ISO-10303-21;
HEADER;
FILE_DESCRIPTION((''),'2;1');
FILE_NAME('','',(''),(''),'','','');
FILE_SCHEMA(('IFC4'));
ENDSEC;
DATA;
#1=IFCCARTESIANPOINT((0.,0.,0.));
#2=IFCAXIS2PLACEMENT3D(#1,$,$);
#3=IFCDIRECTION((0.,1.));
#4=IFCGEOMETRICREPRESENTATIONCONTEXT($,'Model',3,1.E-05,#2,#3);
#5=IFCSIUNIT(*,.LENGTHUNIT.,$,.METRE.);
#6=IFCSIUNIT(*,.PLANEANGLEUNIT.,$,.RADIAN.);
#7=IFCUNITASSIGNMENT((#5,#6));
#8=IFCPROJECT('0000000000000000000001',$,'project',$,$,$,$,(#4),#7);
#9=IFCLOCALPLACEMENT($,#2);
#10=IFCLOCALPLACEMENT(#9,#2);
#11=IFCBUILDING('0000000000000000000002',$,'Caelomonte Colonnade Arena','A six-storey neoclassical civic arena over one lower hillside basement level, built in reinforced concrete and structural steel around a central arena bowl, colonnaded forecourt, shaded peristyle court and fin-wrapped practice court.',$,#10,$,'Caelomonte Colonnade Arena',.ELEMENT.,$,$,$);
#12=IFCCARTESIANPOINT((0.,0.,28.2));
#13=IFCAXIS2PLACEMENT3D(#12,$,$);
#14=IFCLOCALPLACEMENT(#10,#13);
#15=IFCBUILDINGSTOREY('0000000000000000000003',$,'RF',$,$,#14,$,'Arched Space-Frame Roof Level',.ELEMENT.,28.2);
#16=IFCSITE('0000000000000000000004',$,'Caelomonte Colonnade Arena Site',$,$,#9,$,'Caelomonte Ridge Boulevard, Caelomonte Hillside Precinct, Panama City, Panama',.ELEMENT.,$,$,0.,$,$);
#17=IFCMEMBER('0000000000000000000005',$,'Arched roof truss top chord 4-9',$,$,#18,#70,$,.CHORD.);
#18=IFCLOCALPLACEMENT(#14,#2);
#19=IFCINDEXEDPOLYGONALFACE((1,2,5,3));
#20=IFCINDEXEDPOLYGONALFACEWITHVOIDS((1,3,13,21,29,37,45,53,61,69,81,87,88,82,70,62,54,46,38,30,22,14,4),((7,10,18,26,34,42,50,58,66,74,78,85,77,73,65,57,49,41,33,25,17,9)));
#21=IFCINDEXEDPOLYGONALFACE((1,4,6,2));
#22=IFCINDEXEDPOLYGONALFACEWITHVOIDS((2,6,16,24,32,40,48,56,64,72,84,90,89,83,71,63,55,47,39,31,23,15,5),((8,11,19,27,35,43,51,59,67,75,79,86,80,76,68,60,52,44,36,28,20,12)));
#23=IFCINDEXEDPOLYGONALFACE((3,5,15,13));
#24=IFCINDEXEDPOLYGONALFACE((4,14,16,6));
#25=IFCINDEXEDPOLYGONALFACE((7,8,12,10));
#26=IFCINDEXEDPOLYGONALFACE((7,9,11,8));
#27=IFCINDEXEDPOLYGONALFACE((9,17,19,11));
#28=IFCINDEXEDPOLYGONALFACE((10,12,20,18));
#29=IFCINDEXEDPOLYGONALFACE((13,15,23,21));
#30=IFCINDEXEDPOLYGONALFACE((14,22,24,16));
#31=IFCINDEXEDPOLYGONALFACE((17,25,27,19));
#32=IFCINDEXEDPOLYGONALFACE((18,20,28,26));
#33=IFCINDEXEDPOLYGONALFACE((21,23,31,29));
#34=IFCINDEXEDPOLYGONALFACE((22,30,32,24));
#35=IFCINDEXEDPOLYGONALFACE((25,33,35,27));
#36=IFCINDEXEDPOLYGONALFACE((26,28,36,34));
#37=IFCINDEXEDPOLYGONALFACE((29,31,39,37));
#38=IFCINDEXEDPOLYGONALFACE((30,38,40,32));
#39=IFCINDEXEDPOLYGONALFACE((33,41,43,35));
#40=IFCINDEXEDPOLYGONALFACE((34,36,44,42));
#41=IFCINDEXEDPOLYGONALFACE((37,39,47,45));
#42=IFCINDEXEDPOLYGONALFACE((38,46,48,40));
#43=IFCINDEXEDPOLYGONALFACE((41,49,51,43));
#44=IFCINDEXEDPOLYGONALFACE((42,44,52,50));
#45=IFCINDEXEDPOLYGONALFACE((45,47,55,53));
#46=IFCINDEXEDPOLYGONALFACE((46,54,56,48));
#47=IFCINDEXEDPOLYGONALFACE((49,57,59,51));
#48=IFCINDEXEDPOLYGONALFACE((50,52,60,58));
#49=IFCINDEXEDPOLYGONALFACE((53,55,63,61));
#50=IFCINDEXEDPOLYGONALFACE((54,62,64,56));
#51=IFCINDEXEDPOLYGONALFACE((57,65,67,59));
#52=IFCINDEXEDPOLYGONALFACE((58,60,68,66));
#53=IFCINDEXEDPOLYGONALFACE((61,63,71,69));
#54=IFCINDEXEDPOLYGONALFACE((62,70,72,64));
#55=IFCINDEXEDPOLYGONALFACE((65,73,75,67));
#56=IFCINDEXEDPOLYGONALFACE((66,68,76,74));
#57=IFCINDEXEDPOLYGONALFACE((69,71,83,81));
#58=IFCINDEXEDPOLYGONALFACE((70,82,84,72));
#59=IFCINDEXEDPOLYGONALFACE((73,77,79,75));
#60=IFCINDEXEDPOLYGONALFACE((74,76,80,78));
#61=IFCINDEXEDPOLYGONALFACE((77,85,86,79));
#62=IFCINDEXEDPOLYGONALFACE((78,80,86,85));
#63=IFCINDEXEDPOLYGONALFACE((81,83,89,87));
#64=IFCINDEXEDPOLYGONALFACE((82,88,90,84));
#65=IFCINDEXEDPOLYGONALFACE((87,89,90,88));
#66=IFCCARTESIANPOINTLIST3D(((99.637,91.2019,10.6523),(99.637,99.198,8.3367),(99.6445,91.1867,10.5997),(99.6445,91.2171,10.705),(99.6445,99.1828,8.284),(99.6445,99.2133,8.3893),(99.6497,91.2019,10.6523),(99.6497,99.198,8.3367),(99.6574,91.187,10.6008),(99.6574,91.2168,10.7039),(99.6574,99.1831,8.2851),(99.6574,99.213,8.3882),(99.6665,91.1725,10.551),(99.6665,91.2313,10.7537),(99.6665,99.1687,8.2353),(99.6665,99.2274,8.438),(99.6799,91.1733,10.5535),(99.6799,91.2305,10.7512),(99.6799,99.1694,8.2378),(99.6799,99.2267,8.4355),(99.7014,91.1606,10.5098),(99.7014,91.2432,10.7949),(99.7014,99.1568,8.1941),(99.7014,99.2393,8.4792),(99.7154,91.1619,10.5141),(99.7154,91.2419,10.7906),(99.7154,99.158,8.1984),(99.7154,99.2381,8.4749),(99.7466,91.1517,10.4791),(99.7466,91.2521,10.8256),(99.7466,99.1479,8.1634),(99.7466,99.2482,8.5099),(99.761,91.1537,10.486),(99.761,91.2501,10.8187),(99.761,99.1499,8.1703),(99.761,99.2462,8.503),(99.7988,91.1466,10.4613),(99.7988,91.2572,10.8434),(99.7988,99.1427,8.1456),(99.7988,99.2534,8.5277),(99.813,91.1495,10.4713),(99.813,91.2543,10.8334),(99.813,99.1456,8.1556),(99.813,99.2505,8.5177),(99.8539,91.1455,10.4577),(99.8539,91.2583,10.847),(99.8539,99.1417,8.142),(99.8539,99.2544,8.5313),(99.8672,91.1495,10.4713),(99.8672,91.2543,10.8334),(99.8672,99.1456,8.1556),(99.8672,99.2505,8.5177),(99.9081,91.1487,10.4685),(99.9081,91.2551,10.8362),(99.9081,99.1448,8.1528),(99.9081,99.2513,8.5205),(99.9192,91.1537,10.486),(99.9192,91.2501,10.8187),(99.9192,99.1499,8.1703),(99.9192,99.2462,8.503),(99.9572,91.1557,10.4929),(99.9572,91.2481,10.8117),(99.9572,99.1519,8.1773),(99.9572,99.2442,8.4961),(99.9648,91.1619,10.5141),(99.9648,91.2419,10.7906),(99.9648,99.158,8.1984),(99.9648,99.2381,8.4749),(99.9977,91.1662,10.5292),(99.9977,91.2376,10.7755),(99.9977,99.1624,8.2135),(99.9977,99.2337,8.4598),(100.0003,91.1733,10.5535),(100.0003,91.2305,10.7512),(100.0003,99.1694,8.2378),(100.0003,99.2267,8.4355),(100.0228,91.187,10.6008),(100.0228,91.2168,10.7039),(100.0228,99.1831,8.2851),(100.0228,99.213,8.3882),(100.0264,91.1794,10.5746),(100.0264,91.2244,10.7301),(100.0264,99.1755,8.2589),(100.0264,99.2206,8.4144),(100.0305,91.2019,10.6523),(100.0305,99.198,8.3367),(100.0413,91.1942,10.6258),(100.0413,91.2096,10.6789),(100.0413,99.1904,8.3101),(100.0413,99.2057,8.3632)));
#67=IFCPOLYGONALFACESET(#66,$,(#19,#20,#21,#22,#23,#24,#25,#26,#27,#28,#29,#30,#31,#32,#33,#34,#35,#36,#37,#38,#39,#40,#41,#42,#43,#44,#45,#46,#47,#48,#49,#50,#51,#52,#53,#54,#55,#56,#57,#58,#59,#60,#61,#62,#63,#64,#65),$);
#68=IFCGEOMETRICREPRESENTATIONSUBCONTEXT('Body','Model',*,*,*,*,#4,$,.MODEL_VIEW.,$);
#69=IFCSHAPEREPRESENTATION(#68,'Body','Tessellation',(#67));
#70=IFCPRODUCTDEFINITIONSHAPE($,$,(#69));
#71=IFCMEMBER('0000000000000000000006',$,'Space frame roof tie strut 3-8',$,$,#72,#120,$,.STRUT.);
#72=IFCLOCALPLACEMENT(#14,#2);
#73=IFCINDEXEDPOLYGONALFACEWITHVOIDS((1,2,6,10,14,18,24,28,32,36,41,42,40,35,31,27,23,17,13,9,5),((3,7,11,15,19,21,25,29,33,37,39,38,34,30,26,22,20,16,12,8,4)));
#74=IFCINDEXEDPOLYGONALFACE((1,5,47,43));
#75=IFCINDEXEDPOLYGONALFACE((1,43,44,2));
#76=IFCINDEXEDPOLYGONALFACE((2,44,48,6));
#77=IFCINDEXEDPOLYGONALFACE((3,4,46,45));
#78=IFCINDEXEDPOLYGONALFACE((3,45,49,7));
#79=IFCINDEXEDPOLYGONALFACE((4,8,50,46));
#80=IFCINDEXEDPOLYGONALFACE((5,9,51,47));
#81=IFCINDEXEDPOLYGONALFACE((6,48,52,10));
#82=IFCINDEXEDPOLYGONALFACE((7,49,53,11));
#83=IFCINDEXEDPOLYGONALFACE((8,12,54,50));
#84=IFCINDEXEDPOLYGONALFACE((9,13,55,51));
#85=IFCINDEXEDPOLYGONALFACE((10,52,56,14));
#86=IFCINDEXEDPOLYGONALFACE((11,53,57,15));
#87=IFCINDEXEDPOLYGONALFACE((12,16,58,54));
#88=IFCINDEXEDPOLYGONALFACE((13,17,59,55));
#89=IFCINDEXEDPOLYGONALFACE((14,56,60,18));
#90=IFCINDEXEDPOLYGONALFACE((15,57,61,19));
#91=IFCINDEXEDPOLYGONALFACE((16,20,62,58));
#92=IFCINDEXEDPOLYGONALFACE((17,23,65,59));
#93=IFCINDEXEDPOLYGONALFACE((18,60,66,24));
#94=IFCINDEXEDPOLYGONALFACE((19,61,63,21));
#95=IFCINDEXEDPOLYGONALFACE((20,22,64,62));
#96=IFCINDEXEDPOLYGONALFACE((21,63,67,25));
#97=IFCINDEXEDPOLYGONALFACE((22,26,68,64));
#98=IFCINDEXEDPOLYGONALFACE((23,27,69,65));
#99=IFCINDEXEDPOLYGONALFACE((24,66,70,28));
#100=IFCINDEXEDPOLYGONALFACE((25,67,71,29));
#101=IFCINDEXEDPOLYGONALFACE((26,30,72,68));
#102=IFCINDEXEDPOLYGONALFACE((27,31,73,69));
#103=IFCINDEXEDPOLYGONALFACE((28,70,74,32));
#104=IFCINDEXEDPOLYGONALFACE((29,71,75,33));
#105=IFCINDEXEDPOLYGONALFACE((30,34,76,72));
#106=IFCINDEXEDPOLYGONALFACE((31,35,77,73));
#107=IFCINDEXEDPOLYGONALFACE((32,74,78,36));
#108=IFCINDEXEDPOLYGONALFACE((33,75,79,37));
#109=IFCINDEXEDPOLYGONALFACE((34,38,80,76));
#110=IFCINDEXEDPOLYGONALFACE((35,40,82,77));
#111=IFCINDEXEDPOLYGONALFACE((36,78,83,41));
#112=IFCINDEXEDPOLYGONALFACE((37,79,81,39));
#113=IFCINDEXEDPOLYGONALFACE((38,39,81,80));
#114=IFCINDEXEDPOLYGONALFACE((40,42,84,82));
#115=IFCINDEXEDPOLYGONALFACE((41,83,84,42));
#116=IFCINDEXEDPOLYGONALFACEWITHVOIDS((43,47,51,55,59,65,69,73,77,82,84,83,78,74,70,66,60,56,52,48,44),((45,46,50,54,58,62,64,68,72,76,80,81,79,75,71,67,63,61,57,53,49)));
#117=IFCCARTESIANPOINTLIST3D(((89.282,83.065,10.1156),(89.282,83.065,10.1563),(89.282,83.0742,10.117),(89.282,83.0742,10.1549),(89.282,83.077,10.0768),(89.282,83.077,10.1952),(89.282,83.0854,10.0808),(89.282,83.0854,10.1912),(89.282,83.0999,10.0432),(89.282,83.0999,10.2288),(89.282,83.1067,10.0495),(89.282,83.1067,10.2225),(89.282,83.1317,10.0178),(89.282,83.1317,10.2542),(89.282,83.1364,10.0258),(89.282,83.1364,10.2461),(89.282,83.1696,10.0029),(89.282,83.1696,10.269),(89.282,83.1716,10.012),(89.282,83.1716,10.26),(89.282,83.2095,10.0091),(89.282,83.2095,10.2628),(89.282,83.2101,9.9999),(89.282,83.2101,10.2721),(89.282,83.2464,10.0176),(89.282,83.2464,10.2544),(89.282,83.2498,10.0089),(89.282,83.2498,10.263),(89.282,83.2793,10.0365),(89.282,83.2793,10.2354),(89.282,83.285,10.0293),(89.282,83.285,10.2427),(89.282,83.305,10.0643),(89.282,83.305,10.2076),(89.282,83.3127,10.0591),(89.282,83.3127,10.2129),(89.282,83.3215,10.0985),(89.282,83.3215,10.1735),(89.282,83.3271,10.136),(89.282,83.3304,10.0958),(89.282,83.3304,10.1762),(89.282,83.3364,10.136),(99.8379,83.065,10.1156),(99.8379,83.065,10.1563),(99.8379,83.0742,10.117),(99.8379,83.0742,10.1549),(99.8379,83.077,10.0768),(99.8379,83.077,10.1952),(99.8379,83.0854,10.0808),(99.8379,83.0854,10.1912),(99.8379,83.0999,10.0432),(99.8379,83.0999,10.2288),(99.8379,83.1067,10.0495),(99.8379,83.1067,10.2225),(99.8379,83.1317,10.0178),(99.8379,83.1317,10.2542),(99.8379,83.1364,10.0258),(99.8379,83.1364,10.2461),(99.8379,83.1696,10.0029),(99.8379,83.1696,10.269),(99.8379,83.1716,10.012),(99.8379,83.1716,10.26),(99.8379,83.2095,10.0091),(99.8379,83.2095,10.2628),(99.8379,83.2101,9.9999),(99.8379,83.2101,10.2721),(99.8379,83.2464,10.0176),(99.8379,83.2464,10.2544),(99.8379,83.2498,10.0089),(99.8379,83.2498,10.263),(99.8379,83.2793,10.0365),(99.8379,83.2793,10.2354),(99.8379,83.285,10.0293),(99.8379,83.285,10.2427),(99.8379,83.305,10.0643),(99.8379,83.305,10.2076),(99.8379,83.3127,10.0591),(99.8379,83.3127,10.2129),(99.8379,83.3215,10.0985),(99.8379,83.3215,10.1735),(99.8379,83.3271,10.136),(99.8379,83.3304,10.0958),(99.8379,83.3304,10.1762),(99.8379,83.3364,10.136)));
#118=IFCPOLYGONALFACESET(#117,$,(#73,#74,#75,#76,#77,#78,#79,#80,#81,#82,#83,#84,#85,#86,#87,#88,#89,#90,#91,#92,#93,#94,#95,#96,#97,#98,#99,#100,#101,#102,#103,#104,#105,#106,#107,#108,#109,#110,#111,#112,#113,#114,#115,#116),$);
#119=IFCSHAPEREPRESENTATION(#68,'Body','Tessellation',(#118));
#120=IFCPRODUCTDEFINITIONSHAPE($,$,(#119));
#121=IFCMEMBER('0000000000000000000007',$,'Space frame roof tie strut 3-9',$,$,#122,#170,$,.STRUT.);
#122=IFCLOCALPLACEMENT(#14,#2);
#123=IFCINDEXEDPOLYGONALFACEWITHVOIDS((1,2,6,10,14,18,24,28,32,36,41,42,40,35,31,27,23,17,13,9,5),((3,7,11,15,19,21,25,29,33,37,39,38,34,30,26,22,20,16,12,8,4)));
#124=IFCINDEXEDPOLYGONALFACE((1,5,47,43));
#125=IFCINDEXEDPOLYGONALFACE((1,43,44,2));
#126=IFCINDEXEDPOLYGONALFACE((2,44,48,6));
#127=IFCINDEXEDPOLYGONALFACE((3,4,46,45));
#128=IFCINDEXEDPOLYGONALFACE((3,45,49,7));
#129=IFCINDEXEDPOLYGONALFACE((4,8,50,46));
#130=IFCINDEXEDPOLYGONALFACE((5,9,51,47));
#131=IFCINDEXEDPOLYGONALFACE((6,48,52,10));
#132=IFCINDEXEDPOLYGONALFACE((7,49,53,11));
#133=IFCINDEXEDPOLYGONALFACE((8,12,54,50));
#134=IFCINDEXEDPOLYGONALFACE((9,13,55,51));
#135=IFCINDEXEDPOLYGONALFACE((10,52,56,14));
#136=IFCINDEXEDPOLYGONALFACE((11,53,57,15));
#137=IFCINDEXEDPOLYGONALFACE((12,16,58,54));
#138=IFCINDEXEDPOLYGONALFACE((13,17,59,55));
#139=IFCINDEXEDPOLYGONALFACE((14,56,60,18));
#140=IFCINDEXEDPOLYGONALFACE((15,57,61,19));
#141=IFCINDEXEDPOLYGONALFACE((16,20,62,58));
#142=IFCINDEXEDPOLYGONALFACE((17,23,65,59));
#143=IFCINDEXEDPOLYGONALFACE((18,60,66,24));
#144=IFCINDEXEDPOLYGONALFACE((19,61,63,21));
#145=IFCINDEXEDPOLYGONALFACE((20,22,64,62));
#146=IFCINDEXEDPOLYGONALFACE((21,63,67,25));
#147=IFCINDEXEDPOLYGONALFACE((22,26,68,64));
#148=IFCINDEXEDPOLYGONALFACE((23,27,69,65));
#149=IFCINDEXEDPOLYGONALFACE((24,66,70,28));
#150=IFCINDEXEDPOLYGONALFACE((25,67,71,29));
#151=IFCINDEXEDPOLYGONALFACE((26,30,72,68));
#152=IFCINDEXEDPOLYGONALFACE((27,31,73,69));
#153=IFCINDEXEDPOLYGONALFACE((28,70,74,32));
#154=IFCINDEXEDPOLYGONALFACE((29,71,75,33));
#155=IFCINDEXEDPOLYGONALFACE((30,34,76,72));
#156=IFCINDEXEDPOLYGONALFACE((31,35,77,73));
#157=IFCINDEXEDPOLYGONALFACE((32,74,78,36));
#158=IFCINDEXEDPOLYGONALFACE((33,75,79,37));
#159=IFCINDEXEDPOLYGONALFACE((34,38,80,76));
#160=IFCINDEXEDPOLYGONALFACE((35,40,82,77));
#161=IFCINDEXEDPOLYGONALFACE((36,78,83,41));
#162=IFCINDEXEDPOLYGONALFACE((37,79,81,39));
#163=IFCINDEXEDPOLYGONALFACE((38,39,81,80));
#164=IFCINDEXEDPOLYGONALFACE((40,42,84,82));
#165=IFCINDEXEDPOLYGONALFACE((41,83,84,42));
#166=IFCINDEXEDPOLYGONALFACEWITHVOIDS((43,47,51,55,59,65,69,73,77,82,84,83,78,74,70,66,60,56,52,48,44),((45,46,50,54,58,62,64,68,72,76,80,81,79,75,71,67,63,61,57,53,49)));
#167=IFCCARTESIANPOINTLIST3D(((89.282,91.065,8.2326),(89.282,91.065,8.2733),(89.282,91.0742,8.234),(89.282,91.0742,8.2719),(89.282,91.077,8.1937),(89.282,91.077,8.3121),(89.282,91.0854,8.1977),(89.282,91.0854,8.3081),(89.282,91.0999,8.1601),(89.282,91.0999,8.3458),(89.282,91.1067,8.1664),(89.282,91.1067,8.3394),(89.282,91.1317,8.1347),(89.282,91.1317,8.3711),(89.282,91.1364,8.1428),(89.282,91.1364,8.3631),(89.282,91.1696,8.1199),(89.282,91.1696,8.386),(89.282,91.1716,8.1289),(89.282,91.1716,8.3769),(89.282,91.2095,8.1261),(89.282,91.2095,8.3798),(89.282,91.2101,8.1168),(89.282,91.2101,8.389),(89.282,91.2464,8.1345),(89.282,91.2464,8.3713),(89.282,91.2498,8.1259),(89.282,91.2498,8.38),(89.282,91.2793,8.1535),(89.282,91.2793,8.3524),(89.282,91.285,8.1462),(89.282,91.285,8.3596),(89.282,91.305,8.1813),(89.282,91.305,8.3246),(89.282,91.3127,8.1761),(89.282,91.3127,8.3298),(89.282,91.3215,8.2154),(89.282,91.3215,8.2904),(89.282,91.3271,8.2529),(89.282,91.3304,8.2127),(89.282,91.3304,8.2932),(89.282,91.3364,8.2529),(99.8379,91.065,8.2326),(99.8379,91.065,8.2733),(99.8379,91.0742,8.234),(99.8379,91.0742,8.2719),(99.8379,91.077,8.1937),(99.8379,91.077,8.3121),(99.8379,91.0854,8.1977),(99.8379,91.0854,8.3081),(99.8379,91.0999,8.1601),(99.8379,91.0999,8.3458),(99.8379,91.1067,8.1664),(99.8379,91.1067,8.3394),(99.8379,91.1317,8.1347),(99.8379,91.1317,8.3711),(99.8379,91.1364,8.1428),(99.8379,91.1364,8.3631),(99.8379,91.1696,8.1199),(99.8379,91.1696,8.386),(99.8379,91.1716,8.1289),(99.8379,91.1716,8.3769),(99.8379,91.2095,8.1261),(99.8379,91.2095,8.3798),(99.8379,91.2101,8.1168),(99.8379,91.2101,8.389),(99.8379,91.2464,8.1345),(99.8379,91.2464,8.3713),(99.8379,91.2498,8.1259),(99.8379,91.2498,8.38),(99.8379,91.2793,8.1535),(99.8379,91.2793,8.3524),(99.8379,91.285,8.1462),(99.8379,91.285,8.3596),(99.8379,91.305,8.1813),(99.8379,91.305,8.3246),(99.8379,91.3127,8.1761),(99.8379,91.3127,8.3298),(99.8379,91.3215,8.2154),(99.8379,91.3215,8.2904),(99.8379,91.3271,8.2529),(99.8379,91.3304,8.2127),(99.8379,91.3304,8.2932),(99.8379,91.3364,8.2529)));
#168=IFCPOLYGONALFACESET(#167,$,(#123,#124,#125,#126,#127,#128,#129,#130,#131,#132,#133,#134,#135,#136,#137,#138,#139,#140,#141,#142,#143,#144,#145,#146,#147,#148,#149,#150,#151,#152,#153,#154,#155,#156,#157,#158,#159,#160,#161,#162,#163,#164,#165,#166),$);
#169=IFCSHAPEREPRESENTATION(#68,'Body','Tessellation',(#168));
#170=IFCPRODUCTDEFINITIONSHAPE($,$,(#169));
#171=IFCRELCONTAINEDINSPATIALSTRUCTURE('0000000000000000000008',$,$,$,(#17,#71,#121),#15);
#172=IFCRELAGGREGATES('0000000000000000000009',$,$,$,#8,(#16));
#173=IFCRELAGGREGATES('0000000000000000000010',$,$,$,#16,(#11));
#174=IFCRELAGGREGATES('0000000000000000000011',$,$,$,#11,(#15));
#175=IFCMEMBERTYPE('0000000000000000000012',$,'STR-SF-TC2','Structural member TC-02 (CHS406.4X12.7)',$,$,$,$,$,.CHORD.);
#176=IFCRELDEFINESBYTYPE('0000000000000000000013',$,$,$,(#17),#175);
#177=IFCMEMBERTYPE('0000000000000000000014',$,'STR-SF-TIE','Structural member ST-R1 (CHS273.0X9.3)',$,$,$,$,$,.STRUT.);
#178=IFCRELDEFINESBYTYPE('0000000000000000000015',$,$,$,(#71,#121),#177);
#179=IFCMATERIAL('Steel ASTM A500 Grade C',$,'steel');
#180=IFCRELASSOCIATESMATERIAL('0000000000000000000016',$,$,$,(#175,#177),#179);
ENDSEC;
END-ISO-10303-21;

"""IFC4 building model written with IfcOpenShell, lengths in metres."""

from ifc_helpers import new_model, si_unit, direction, frame, origin, origin_2d, place, context, subcontext, project, spatial, hollow_circle, extrude, material, material_profile, profile_set, type_object, element, save


model = new_model("IFC4")

# Units and contexts
model_context = context("Model", 3, precision=1e-05, world=origin(), true_north=direction((0.0, 1.0)))
body_context = subcontext(model_context, "Body", "Model", "MODEL_VIEW")
ifc_project = project(units=[si_unit("LENGTHUNIT", "METRE"), si_unit("PLANEANGLEUNIT", "RADIAN")], contexts=[model_context])

# Site, building, storey
site_placement = place(None, origin())
site = spatial("IfcSite", under=ifc_project, at=site_placement, Name="Caelomonte Colonnade Arena Site", LongName="Caelomonte Ridge Boulevard, Caelomonte Hillside Precinct, Panama City, Panama", CompositionType="ELEMENT", RefElevation=0.0)
building_placement = place(site_placement, origin())
building = spatial("IfcBuilding", under=site, at=building_placement, Name="Caelomonte Colonnade Arena", Description="A six-storey neoclassical civic arena over one lower hillside basement level, built in reinforced concrete and structural steel around a central arena bowl, colonnaded forecourt, shaded peristyle court and fin-wrapped practice court.", LongName="Caelomonte Colonnade Arena", CompositionType="ELEMENT")
storey_placement = place(building_placement, frame((0.0, 0.0, 28.2)))
storey = spatial("IfcBuildingStorey", under=building, at=storey_placement, Name="RF", LongName="Arched Space-Frame Roof Level", CompositionType="ELEMENT", Elevation=28.2)

# Members
ifc_material_1 = material(Name="Steel ASTM A500 Grade C", Category="steel")
ifc_material_profile_1 = material_profile(ifc_material_1, hollow_circle(Radius=0.2031, WallThickness=0.0127, at=origin_2d()), Name="CHS406.4X12.7")
ifc_profile_set_1 = profile_set([ifc_material_profile_1], Name="Steel ASTM A500 Grade C")
member_type_1 = type_object("IfcMemberType", Name="STR-SF-TC2", Description="Structural member TC-02 (CHS406.4X12.7)", PredefinedType="CHORD", material=ifc_profile_set_1)
member_1_placement = place(storey_placement, frame((99.8401, 91.2019, 10.6523), z_axis=(0.0, 0.960532, -0.278171), x_axis=(-1.0, 0.0, 0.0)))
element("IfcMember", 1, at=member_1_placement, inside=storey, type_object=member_type_1, Name="Arched roof truss top chord 4-9", PredefinedType="CHORD", context=body_context, shape_type="SweptSolid", body=[
    extrude(hollow_circle(Radius=0.2031, WallThickness=0.0127, at=origin_2d()), origin(), (0.0, 0.0, 1.0), 8.3247),
])
ifc_material_profile_2 = material_profile(ifc_material_1, hollow_circle(Radius=0.1365, WallThickness=0.0093, at=origin_2d()), Name="CHS273.0X9.3")
ifc_profile_set_2 = profile_set([ifc_material_profile_2], Name="Steel ASTM A500 Grade C")
member_type_2 = type_object("IfcMemberType", Name="STR-SF-TIE", Description="Structural member ST-R1 (CHS273.0X9.3)", PredefinedType="STRUT", material=ifc_profile_set_2)
for number, where, z_axis, x_axis, name in (
    (2, (89.282, 83.2, 10.136), (1.0, 0.0, 0.0), (0.0, 1.0, 0.0), "Space frame roof tie strut 3-8"),
    (3, (89.282, 91.2, 8.2529), (1.0, 0.0, 0.0), (0.0, 1.0, 0.0), "Space frame roof tie strut 3-9"),
):
    element("IfcMember", number, at=place(storey_placement, frame(where, z_axis=z_axis, x_axis=x_axis)), inside=storey, type_object=member_type_2, Name=name, PredefinedType="STRUT", context=body_context, shape_type="SweptSolid", body=[
        extrude(hollow_circle(Radius=0.1365, WallThickness=0.0093, at=origin_2d()), origin(), (0.0, 0.0, 1.0), 10.5559),
    ])

save(model, "model.ifc")
